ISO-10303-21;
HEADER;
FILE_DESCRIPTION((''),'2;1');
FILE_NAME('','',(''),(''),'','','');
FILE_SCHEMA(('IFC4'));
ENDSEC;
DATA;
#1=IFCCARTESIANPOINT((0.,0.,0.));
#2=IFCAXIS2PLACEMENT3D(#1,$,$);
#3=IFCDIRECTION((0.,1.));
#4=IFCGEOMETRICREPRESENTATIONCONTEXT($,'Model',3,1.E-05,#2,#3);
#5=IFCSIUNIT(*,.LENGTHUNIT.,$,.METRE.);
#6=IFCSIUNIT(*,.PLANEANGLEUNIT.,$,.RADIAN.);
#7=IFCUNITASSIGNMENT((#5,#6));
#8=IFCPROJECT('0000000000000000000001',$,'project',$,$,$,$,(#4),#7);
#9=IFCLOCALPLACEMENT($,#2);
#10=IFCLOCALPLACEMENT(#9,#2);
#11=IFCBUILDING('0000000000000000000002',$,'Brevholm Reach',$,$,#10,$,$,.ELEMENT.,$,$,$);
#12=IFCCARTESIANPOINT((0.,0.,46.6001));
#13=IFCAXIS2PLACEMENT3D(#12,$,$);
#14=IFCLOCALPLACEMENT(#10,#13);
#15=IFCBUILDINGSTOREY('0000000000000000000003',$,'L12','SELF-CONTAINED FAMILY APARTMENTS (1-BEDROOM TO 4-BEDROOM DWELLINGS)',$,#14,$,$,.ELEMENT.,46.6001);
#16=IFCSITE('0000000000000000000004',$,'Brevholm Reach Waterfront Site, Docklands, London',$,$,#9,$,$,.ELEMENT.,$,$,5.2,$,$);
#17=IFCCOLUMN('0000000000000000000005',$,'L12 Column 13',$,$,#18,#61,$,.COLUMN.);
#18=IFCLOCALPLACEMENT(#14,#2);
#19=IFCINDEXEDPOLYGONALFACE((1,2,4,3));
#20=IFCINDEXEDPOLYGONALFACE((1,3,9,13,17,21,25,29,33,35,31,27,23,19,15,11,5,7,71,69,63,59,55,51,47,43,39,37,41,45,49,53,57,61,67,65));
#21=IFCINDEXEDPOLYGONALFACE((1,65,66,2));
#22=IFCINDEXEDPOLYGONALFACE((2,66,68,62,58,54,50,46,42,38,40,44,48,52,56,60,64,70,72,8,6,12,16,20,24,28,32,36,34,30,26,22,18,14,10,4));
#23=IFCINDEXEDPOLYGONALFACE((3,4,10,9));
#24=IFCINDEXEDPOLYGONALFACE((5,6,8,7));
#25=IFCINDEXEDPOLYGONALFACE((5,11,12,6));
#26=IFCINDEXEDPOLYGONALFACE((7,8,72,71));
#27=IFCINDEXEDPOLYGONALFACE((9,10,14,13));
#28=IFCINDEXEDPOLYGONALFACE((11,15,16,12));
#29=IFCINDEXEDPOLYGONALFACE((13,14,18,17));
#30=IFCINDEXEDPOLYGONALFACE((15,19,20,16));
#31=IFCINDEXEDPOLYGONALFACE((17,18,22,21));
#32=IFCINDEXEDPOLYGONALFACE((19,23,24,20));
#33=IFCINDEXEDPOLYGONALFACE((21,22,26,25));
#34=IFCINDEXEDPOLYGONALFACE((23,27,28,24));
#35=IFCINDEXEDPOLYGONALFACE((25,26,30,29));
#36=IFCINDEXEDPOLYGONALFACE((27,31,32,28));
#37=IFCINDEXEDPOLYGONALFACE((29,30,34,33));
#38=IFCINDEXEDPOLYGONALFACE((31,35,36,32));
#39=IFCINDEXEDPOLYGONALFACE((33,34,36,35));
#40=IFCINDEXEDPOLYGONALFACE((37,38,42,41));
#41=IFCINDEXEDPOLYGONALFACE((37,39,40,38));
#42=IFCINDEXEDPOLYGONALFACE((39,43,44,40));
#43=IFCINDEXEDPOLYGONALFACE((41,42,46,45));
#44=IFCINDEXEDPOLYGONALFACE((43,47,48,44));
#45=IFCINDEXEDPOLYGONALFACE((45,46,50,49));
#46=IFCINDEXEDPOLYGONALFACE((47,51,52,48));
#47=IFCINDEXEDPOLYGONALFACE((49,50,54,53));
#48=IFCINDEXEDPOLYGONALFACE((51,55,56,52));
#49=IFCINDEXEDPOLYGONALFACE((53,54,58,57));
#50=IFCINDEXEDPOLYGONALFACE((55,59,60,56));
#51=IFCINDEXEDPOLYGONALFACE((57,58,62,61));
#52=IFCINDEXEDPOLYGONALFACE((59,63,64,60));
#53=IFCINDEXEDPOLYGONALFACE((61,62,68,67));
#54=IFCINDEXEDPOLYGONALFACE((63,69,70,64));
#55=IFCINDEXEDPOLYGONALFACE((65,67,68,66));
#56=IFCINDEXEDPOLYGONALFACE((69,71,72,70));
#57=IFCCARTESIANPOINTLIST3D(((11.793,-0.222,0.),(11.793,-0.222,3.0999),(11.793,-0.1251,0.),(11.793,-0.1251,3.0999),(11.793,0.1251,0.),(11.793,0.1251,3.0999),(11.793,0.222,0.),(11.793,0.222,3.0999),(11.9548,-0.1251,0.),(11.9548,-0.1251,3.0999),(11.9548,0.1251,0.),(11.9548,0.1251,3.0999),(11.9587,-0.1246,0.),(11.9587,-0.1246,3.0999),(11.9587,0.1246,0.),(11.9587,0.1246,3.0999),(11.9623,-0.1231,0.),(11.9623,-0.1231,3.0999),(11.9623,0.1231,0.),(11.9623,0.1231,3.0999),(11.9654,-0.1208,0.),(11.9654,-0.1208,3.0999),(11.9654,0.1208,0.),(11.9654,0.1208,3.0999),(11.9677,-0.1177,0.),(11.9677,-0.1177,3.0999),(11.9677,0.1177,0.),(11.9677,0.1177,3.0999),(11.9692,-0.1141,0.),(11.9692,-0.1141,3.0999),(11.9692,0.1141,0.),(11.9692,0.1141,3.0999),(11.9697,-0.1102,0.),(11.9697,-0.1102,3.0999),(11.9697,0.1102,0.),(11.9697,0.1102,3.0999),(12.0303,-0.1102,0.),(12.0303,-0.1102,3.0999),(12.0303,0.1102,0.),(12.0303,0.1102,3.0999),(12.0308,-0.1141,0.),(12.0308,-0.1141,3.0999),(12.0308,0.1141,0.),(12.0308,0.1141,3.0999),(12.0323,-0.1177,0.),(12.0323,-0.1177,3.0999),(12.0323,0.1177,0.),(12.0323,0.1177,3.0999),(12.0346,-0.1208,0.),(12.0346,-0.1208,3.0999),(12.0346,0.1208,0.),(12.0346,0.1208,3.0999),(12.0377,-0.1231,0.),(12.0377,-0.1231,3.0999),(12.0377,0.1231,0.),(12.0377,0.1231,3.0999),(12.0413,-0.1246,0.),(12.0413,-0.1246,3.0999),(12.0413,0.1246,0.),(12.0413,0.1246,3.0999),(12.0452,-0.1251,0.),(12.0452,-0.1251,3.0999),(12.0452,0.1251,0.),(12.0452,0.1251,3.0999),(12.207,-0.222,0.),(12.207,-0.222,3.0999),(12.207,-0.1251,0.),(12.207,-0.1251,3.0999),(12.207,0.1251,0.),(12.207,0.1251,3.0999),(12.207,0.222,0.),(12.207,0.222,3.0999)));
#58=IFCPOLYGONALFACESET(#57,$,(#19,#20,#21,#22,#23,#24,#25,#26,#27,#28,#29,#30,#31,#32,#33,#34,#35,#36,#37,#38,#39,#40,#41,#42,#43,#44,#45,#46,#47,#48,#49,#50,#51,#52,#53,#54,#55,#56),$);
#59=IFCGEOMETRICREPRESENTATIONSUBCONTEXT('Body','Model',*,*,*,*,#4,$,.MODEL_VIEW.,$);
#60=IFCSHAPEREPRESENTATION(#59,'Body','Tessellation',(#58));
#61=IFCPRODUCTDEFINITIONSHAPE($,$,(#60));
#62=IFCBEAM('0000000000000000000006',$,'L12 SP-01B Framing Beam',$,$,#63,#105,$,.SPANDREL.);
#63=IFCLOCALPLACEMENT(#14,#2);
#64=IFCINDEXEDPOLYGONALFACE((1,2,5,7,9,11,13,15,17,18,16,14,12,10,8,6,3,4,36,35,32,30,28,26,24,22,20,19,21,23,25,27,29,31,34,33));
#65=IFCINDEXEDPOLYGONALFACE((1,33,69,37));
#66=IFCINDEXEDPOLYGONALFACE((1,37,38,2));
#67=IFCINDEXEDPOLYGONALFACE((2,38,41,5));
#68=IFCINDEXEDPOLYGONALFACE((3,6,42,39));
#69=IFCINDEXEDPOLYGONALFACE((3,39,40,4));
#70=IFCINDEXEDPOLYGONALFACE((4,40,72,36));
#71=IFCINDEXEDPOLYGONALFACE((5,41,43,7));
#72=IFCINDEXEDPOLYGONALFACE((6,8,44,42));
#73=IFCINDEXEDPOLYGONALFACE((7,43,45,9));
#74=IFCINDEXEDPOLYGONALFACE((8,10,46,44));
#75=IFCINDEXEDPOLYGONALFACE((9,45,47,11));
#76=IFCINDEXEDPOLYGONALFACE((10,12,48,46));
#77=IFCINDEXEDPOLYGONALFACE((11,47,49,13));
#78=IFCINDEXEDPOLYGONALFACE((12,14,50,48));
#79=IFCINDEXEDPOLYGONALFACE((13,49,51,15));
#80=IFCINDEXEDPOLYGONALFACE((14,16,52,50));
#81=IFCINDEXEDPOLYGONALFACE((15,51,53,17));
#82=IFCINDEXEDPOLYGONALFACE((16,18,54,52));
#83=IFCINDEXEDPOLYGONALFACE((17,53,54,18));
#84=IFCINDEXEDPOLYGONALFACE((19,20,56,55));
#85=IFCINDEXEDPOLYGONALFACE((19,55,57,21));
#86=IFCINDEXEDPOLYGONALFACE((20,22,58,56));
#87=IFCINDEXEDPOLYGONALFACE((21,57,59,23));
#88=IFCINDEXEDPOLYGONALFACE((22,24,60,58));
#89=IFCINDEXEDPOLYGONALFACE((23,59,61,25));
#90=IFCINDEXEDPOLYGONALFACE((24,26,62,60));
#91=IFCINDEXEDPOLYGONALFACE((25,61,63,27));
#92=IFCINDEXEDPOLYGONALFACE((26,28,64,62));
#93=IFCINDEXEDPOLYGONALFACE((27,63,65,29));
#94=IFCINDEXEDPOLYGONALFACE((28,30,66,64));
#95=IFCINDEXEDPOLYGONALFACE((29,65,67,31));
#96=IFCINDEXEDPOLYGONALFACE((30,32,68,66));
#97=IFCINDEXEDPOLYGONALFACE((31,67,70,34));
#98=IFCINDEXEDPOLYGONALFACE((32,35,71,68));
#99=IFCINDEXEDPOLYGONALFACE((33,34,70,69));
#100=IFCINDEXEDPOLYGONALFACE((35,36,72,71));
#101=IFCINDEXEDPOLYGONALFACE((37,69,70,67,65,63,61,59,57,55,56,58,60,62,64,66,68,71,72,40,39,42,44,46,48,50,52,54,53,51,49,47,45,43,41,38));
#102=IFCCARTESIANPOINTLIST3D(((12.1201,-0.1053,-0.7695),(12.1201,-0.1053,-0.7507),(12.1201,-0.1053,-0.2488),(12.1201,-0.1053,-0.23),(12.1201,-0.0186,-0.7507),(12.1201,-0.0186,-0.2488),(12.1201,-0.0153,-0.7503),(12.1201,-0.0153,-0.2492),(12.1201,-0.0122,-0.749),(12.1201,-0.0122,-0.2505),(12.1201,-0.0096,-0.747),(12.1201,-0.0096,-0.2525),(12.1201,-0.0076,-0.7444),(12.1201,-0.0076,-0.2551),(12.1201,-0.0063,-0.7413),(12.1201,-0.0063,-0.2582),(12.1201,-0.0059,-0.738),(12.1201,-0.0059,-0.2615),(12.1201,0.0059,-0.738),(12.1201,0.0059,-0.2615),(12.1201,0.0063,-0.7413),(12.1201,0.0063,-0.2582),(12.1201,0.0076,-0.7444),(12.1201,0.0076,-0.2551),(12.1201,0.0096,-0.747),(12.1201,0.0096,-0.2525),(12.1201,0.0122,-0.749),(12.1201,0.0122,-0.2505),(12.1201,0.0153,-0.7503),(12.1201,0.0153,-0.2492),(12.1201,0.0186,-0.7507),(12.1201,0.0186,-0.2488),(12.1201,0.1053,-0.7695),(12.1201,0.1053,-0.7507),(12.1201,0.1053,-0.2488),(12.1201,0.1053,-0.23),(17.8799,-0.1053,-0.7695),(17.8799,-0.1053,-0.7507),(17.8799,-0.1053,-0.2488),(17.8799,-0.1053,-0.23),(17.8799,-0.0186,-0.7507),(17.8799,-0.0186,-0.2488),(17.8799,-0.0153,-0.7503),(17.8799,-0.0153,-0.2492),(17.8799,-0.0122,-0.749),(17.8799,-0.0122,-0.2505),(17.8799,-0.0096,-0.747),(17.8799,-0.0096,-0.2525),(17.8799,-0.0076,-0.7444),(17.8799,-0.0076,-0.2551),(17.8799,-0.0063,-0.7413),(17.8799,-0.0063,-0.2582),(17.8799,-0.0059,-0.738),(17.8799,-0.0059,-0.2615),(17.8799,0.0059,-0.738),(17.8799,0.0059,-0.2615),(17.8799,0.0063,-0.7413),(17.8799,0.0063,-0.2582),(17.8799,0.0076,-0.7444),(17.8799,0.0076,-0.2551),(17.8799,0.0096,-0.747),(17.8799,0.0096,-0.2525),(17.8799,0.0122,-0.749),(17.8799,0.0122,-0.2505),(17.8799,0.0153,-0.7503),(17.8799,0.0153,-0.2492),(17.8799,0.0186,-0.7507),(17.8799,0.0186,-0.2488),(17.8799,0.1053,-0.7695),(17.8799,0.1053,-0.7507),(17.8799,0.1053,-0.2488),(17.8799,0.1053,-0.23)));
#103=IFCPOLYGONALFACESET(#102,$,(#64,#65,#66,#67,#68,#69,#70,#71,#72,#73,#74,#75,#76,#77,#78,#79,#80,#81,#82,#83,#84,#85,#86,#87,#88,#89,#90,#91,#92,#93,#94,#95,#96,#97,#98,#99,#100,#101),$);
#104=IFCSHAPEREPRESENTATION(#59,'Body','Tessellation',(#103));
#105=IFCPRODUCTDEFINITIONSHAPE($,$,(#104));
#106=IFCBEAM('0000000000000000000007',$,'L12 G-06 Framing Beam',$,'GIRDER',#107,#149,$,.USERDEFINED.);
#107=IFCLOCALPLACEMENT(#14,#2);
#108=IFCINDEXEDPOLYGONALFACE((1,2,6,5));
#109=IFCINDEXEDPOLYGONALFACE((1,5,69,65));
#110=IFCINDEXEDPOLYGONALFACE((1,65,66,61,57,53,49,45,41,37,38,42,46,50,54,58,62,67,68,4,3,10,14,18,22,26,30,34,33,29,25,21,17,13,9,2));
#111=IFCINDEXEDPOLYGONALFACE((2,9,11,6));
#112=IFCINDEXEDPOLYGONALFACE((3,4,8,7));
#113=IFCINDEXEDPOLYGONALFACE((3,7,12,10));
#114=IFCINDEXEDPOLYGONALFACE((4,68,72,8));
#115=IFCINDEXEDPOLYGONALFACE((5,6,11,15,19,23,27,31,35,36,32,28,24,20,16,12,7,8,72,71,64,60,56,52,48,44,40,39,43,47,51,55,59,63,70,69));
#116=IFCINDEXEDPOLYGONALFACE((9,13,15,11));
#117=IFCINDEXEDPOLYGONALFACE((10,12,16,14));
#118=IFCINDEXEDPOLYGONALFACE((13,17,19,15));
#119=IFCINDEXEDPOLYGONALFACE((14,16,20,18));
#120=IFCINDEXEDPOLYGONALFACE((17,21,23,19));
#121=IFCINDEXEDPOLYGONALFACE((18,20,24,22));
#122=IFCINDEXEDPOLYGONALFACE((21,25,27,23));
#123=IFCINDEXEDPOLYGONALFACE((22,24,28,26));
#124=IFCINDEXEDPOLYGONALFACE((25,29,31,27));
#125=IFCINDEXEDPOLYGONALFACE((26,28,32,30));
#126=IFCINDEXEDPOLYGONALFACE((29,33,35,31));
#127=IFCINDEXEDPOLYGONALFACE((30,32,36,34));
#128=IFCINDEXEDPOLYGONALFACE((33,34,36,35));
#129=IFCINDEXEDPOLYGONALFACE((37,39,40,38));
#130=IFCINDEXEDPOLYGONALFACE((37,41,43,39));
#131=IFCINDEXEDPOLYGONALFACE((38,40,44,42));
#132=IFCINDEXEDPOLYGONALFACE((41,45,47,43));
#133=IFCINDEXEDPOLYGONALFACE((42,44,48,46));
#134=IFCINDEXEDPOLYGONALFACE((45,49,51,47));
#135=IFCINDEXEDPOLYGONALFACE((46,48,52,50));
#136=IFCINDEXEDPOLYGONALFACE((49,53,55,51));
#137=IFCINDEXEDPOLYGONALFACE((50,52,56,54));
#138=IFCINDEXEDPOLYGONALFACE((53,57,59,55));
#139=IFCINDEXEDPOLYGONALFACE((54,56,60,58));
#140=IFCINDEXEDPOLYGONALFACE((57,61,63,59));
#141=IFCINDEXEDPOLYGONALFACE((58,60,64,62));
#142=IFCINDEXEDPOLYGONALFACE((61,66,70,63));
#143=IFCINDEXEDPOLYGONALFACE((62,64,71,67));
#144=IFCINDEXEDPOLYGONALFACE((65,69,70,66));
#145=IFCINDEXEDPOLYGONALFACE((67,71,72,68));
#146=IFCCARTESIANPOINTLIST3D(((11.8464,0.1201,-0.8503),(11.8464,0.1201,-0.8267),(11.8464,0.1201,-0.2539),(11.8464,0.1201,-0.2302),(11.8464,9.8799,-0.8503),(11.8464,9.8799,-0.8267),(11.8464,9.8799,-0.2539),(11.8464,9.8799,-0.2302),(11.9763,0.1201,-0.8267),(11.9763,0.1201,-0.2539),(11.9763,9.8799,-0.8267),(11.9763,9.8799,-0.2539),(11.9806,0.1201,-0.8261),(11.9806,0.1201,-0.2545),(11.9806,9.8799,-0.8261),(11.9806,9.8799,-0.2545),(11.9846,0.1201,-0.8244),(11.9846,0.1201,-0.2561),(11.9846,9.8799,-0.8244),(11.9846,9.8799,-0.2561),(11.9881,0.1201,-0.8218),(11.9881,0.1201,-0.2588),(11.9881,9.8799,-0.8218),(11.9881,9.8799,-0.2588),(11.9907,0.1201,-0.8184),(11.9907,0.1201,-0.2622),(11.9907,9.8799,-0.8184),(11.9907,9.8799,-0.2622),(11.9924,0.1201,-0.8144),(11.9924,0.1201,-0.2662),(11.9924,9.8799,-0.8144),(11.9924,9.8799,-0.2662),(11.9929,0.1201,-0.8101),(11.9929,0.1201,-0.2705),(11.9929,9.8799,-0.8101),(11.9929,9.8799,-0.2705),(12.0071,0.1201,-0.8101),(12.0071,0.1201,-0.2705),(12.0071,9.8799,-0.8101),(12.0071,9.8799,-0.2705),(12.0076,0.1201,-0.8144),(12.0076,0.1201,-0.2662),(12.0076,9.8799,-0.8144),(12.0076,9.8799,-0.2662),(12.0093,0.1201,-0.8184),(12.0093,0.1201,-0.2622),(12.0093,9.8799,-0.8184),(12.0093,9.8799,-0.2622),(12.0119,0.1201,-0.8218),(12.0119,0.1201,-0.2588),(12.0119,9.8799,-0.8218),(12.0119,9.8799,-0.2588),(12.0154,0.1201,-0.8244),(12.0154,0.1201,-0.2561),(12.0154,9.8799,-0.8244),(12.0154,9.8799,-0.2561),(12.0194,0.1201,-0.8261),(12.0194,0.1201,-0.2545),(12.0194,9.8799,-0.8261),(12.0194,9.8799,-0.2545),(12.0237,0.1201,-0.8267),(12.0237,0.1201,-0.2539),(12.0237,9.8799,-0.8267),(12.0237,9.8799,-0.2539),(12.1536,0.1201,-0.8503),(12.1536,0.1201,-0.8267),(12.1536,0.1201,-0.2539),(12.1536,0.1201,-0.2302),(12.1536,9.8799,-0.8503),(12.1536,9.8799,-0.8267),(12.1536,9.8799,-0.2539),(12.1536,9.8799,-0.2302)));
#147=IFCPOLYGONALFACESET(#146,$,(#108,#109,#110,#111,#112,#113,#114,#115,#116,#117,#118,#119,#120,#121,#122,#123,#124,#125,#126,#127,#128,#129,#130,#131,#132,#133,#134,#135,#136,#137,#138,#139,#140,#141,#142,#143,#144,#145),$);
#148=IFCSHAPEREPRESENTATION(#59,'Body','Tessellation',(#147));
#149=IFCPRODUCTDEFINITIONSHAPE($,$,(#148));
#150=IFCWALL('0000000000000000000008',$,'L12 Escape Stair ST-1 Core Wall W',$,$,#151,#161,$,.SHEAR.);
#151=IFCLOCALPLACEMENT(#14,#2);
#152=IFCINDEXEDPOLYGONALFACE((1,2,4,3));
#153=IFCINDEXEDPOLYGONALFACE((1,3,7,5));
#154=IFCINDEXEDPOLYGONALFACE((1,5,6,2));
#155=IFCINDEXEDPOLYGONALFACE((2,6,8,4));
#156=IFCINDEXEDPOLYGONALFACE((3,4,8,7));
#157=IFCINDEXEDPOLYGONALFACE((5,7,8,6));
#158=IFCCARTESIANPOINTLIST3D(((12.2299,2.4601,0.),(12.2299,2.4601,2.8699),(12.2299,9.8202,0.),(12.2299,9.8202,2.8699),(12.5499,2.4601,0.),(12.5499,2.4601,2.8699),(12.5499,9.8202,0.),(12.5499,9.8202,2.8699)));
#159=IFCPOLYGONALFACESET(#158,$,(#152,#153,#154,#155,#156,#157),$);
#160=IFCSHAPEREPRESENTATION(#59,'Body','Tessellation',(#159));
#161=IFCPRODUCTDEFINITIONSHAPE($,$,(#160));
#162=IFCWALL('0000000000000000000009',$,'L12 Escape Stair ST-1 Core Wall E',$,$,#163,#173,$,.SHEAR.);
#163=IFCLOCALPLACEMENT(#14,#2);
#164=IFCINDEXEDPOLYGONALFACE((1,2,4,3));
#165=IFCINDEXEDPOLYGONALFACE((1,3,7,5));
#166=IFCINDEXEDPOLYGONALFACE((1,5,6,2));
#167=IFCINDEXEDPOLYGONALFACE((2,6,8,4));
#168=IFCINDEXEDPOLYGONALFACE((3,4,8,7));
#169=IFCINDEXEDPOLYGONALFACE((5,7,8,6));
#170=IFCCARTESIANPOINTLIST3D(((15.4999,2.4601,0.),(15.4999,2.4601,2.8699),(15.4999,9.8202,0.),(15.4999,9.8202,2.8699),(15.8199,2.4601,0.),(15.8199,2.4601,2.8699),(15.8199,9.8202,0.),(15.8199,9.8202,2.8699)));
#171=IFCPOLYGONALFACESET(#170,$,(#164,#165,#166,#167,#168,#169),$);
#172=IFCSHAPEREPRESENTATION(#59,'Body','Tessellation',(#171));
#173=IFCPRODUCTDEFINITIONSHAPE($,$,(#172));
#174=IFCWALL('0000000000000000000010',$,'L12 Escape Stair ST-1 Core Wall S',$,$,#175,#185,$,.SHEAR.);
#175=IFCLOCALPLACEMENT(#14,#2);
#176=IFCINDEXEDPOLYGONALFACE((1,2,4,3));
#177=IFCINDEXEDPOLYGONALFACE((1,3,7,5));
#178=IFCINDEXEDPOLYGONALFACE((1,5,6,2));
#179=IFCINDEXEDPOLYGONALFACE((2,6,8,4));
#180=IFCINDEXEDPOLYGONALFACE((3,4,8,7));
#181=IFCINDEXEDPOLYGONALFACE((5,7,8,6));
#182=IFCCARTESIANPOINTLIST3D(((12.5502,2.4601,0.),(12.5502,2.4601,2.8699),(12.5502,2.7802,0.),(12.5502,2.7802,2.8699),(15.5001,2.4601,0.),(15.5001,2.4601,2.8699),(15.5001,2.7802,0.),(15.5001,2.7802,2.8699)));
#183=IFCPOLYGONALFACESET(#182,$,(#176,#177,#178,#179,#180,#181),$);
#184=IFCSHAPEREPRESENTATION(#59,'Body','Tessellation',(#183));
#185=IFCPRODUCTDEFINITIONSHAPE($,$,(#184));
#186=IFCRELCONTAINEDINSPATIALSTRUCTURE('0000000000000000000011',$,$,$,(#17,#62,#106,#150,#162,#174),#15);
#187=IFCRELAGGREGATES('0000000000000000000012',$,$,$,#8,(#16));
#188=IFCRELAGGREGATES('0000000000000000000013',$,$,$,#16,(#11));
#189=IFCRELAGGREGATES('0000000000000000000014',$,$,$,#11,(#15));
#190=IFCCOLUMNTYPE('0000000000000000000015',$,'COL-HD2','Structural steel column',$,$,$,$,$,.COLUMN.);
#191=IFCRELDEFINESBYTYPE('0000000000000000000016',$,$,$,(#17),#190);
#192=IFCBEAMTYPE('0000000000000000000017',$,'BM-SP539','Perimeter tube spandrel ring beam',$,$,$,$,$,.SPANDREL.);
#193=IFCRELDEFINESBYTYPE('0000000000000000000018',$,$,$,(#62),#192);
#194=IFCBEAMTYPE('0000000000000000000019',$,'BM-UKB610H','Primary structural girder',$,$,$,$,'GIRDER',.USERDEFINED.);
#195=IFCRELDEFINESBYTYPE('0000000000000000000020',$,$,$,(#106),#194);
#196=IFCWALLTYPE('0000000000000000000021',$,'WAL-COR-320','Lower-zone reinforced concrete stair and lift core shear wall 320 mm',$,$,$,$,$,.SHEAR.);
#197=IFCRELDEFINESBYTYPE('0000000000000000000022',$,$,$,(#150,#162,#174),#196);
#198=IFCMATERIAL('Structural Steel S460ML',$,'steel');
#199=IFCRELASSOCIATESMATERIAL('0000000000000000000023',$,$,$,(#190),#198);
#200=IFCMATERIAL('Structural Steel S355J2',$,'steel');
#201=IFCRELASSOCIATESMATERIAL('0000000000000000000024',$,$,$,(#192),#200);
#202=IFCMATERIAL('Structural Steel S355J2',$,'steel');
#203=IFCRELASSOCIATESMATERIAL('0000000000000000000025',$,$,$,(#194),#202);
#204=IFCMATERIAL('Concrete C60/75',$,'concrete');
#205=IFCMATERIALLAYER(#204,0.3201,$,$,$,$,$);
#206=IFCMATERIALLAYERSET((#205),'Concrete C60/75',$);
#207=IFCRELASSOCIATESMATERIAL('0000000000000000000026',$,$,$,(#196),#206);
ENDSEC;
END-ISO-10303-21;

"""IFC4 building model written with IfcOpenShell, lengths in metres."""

from ifc_helpers import new_model, si_unit, direction, frame, frame_2d, origin, origin_2d, place, context, subcontext, project, spatial, rectangle, i_section, extrude, material, layer, layer_set, material_profile, profile_set, type_object, element, save


model = new_model("IFC4")

# Units and contexts
model_context = context("Model", 3, precision=1e-05, world=origin(), true_north=direction((0.0, 1.0)))
body_context = subcontext(model_context, "Body", "Model", "MODEL_VIEW")
ifc_project = project(units=[si_unit("LENGTHUNIT", "METRE"), si_unit("PLANEANGLEUNIT", "RADIAN")], contexts=[model_context])

# Site, building, storey
site_placement = place(None, origin())
site = spatial("IfcSite", under=ifc_project, at=site_placement, Name="Brevholm Reach Waterfront Site, Docklands, London", CompositionType="ELEMENT", RefElevation=5.2)
building_placement = place(site_placement, origin())
building = spatial("IfcBuilding", under=site, at=building_placement, Name="Brevholm Reach", CompositionType="ELEMENT")
storey_placement = place(building_placement, frame((0.0, 0.0, 46.6001)))
storey = spatial("IfcBuildingStorey", under=building, at=storey_placement, Name="L12", Description="SELF-CONTAINED FAMILY APARTMENTS (1-BEDROOM TO 4-BEDROOM DWELLINGS)", CompositionType="ELEMENT", Elevation=46.6001)

# Column
ifc_material_1 = material(Name="Structural Steel S460ML", Category="steel")
ifc_material_profile_1 = material_profile(ifc_material_1, i_section(OverallWidth=0.4141, OverallDepth=0.4441, WebThickness=0.0605, FlangeThickness=0.0969, FilletRadius=0.0149, at=origin_2d()), Name="HD 400x818")
ifc_profile_set_1 = profile_set([ifc_material_profile_1], Name="Structural Steel S460ML")
column_type = type_object("IfcColumnType", Name="COL-HD2", Description="Structural steel column", PredefinedType="COLUMN", material=ifc_profile_set_1)
column_placement = place(storey_placement, frame((12.0, 0.0, 0.0), z_axis=(0.0, 0.0, 1.0), x_axis=(1.0, 0.0, 0.0)))
element("IfcColumn", 1, at=column_placement, inside=storey, type_object=column_type, Name="L12 Column 13", PredefinedType="COLUMN", context=body_context, shape_type="SweptSolid", body=[
    extrude(i_section(OverallWidth=0.4141, OverallDepth=0.4441, WebThickness=0.0605, FlangeThickness=0.0969, FilletRadius=0.0149, at=origin_2d()), origin(), (0.0, 0.0, 1.0), 3.0999),
])

# Beams
ifc_material_2 = material(Name="Structural Steel S355J2", Category="steel")
ifc_material_profile_2 = material_profile(ifc_material_2, i_section(OverallWidth=0.2107, OverallDepth=0.5396, WebThickness=0.0117, FlangeThickness=0.0188, FilletRadius=0.0127, at=origin_2d()), Name="UKB 533x210x109")
ifc_profile_set_2 = profile_set([ifc_material_profile_2], Name="Structural Steel S355J2")
beam_type_1 = type_object("IfcBeamType", Name="BM-SP539", Description="Perimeter tube spandrel ring beam", PredefinedType="SPANDREL", material=ifc_profile_set_2)
beam_1_placement = place(storey_placement, frame((12.1201, 0.0, -0.4998), z_axis=(1.0, 0.0, 0.0), x_axis=(0.0, 1.0, 0.0)))
element("IfcBeam", 2, at=beam_1_placement, inside=storey, type_object=beam_type_1, Name="L12 SP-01B Framing Beam", PredefinedType="SPANDREL", context=body_context, shape_type="SweptSolid", body=[
    extrude(i_section(OverallWidth=0.2107, OverallDepth=0.5396, WebThickness=0.0117, FlangeThickness=0.0188, FilletRadius=0.0127, at=origin_2d()), origin(), (0.0, 0.0, 1.0), 5.7598),
])
ifc_material_3 = material(Name="Structural Steel S355J2", Category="steel")
ifc_material_profile_3 = material_profile(ifc_material_3, i_section(OverallWidth=0.3071, OverallDepth=0.6201, WebThickness=0.0142, FlangeThickness=0.0237, FilletRadius=0.0166, at=origin_2d()), Name="UKB 610x305x179")
ifc_profile_set_3 = profile_set([ifc_material_profile_3], Name="Structural Steel S355J2")
beam_type_2 = type_object("IfcBeamType", Name="BM-UKB610H", Description="Primary structural girder", ElementType="GIRDER", PredefinedType="USERDEFINED", material=ifc_profile_set_3)
beam_2_placement = place(storey_placement, frame((12.0, 0.1201, -0.5403), z_axis=(0.0, 1.0, 0.0), x_axis=(-1.0, 0.0, 0.0)))
element("IfcBeam", 3, at=beam_2_placement, inside=storey, type_object=beam_type_2, Name="L12 G-06 Framing Beam", ObjectType="GIRDER", PredefinedType="USERDEFINED", context=body_context, shape_type="SweptSolid", body=[
    extrude(i_section(OverallWidth=0.3071, OverallDepth=0.6201, WebThickness=0.0142, FlangeThickness=0.0237, FilletRadius=0.0166, at=origin_2d()), origin(), (0.0, 0.0, 1.0), 9.7598),
])

# Walls
ifc_material_4 = material(Name="Concrete C60/75", Category="concrete")
ifc_layer_1 = layer(ifc_material_4, 0.3201)
ifc_layer_set_1 = layer_set([ifc_layer_1], Name="Concrete C60/75")
wall_type_1 = type_object("IfcWallType", Name="WAL-COR-320", Description="Lower-zone reinforced concrete stair and lift core shear wall 320 mm", PredefinedType="SHEAR", material=ifc_layer_set_1)
for number, where, z_axis, x_axis, name in (
    (4, (12.3899, 2.46, 0.0), (0.0, 0.0, 1.0), (0.0, 1.0, 0.0), "L12 Escape Stair ST-1 Core Wall W"),
    (5, (15.6599, 2.46, 0.0), (0.0, 0.0, 1.0), (0.0, 1.0, 0.0), "L12 Escape Stair ST-1 Core Wall E"),
):
    element("IfcWall", number, at=place(storey_placement, frame(where, z_axis=z_axis, x_axis=x_axis)), inside=storey, type_object=wall_type_1, Name=name, PredefinedType="SHEAR", context=body_context, shape_type="SweptSolid", body=[
        extrude(rectangle(XDim=7.3601, YDim=0.3201, at=frame_2d((3.6802, 0.0))), origin(), (0.0, 0.0, 1.0), 2.8699),
    ])
wall_1_placement = place(storey_placement, frame((12.55, 2.6201, 0.0), z_axis=(0.0, 0.0, 1.0), x_axis=(1.0, 0.0, 0.0)))
element("IfcWall", 6, at=wall_1_placement, inside=storey, type_object=wall_type_1, Name="L12 Escape Stair ST-1 Core Wall S", PredefinedType="SHEAR", context=body_context, shape_type="SweptSolid", body=[
    extrude(rectangle(XDim=2.95, YDim=0.3201, at=frame_2d((1.4751, 0.0))), origin(), (0.0, 0.0, 1.0), 2.8699),
])

save(model, "model.ifc")
